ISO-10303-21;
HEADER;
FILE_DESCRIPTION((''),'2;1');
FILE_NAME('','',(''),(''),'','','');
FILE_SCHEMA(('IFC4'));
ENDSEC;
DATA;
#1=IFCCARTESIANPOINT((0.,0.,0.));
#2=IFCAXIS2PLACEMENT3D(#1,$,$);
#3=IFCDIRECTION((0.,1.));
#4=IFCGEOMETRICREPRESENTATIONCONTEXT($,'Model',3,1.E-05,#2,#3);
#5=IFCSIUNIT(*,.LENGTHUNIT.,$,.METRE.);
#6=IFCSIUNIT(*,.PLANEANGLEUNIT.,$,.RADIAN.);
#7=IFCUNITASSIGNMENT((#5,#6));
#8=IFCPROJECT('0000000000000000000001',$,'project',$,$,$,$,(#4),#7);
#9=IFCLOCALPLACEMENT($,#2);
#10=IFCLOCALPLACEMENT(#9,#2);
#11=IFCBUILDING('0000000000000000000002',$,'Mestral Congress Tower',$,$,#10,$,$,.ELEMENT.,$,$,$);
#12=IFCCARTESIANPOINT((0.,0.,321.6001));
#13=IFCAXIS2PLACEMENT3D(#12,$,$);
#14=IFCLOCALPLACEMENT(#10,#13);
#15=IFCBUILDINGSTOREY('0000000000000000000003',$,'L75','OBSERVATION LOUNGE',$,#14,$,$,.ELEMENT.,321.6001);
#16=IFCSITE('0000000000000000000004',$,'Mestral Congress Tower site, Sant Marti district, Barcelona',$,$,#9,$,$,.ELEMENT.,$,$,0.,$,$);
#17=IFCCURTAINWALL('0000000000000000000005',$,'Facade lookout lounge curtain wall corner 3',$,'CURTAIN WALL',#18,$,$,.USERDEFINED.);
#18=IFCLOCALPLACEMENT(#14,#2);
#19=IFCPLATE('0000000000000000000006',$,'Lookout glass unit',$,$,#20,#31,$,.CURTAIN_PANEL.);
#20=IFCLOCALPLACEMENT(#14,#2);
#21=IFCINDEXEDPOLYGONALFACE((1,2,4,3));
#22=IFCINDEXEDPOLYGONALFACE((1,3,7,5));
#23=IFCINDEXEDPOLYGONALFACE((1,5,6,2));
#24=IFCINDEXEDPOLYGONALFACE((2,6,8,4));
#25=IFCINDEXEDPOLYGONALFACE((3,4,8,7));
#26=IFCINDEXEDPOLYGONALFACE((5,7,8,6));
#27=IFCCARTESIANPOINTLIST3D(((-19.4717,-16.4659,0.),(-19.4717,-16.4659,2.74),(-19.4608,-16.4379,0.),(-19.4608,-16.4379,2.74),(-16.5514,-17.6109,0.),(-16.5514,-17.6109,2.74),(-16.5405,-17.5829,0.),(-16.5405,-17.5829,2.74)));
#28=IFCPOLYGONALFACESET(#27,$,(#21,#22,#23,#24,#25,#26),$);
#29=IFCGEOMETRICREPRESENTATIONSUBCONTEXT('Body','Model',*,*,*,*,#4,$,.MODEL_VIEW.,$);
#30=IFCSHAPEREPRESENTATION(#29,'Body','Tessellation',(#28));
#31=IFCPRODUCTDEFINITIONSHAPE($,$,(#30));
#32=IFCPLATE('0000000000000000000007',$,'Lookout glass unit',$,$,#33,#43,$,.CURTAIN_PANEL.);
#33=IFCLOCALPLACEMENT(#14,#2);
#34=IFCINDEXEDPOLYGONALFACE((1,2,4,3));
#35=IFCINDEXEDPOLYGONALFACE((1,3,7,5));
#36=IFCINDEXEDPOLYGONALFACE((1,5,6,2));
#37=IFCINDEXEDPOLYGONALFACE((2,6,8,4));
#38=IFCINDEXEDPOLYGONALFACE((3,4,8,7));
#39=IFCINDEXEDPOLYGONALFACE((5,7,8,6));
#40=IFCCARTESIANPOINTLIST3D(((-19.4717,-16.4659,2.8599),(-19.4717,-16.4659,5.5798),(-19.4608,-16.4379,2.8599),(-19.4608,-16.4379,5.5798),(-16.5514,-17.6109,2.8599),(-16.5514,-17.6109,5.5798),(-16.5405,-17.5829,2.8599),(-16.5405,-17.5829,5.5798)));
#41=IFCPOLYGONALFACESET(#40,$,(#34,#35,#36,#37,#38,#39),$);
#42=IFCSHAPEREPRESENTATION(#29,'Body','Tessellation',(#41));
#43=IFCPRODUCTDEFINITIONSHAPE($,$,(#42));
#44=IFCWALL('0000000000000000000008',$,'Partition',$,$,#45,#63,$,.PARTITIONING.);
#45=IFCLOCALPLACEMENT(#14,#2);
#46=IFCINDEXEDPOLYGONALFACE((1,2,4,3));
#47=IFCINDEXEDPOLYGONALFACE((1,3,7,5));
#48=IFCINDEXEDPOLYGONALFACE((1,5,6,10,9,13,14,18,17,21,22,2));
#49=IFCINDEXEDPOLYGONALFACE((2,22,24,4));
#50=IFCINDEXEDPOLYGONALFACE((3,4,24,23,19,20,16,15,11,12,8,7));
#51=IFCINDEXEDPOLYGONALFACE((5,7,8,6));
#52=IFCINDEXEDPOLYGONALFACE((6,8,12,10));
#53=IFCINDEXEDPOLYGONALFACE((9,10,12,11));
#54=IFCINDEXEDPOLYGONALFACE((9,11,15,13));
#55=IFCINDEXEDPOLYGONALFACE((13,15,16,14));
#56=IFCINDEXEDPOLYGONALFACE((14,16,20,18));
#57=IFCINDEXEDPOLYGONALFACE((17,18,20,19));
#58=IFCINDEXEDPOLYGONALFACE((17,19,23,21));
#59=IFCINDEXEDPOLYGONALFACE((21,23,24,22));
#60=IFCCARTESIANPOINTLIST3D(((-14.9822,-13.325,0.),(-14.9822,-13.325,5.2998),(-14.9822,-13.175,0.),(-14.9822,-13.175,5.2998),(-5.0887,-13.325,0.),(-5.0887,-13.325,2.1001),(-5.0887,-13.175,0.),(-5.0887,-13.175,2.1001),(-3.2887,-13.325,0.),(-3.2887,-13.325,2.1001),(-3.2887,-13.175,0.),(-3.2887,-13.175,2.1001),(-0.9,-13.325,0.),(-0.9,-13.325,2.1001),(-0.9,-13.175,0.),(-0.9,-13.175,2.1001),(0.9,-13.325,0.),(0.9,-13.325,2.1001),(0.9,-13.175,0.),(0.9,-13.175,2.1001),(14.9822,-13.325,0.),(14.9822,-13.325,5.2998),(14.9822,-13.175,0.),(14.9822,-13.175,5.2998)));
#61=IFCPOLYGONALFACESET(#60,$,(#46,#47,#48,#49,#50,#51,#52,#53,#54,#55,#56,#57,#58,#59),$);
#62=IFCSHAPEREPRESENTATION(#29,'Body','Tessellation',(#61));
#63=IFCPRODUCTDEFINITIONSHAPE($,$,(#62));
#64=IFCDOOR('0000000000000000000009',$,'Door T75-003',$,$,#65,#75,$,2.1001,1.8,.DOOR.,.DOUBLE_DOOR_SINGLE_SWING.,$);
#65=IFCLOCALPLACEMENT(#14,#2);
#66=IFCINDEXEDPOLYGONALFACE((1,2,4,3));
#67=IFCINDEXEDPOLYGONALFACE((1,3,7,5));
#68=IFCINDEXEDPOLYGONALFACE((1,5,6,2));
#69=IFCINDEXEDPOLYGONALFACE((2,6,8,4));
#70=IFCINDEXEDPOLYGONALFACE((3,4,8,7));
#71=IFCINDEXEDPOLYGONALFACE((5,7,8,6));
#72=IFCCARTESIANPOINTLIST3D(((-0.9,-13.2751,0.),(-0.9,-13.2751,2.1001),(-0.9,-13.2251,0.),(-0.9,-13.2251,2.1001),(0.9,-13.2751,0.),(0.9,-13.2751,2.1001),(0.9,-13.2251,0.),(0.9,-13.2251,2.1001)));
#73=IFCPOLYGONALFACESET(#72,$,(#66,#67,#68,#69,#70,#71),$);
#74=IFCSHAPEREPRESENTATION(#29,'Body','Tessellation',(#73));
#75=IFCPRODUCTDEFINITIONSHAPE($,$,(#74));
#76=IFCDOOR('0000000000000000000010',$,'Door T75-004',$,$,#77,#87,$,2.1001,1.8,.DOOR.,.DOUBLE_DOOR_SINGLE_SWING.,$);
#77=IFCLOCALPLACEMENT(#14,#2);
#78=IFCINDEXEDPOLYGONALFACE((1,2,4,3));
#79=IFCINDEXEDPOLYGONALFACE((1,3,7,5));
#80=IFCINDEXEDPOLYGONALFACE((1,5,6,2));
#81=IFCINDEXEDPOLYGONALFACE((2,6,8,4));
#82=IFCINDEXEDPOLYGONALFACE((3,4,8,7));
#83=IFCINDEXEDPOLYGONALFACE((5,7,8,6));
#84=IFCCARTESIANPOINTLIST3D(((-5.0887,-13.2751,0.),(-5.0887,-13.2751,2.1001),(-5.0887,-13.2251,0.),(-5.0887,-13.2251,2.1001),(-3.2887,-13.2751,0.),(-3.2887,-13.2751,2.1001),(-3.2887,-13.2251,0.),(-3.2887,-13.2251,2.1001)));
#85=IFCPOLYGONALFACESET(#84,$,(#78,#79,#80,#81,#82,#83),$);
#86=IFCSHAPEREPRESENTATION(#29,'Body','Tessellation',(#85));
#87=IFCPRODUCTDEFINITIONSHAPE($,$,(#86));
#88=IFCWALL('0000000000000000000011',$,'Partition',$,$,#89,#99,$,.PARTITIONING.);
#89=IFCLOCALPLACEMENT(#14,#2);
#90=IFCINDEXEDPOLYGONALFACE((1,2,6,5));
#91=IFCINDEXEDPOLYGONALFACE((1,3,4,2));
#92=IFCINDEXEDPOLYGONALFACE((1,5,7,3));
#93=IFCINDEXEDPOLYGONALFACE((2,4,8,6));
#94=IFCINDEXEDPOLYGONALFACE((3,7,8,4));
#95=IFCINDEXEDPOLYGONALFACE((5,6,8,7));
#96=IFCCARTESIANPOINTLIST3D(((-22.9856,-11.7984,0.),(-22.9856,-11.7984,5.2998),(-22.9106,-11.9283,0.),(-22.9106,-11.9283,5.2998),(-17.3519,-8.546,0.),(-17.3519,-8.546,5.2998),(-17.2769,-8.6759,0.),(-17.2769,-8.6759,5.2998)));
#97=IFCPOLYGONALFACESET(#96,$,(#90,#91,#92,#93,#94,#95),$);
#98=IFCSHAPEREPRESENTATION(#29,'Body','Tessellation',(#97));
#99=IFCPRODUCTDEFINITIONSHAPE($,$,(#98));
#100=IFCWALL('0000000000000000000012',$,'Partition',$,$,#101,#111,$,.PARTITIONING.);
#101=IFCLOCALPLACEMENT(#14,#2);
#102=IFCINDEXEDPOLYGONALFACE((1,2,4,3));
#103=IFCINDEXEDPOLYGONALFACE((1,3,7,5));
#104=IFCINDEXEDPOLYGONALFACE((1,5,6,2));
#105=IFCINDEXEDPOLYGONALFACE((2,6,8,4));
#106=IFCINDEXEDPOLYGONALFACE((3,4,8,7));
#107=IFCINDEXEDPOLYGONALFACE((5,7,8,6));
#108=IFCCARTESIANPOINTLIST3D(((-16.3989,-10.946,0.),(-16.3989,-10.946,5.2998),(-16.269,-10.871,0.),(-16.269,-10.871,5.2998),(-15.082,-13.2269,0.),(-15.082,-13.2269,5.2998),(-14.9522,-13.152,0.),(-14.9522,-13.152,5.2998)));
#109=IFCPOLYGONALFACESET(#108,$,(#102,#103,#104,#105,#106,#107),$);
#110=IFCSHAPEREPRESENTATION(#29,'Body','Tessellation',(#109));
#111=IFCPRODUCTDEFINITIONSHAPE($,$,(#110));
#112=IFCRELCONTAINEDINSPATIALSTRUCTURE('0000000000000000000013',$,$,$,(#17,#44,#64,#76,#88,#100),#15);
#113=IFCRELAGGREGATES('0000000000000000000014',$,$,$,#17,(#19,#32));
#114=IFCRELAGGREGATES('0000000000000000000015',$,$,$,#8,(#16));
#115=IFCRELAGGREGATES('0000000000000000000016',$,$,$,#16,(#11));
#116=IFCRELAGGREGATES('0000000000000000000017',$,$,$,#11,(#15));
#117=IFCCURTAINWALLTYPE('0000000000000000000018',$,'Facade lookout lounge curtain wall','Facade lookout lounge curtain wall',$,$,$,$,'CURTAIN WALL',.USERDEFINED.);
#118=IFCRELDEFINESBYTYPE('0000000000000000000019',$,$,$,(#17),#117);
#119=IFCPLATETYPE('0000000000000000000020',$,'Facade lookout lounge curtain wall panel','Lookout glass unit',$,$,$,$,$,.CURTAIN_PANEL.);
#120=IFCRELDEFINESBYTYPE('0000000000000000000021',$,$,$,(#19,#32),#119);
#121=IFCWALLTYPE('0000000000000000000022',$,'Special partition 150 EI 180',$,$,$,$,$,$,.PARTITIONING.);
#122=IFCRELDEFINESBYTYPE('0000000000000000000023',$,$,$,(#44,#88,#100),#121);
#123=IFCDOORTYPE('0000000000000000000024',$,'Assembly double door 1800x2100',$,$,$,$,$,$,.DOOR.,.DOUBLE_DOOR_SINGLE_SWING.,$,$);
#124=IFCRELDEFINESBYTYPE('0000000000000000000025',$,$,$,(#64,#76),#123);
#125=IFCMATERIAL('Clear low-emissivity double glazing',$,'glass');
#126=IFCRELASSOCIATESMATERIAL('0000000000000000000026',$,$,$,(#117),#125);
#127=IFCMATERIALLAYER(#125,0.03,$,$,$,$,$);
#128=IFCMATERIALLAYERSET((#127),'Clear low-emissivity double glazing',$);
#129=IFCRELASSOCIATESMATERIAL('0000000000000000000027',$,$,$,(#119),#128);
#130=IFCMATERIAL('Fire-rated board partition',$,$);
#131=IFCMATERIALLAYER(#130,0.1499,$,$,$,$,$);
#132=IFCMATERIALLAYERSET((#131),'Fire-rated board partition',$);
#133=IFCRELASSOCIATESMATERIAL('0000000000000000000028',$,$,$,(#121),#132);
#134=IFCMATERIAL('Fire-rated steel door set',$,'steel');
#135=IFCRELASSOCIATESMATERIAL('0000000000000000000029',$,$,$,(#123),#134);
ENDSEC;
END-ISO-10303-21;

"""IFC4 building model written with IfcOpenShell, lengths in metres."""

from ifc_helpers import new_model, si_unit, direction, frame, frame_2d, origin, origin_2d, place, context, subcontext, project, spatial, rectangle, extrude, material, layer, layer_set, type_object, element, fill, aggregate, save


model = new_model("IFC4")

# Units and contexts
model_context = context("Model", 3, precision=1e-05, world=origin(), true_north=direction((0.0, 1.0)))
body_context = subcontext(model_context, "Body", "Model", "MODEL_VIEW")
ifc_project = project(units=[si_unit("LENGTHUNIT", "METRE"), si_unit("PLANEANGLEUNIT", "RADIAN")], contexts=[model_context])

# Site, building, storey
site_placement = place(None, origin())
site = spatial("IfcSite", under=ifc_project, at=site_placement, Name="Mestral Congress Tower site, Sant Marti district, Barcelona", CompositionType="ELEMENT", RefElevation=0.0)
building_placement = place(site_placement, origin())
building = spatial("IfcBuilding", under=site, at=building_placement, Name="Mestral Congress Tower", CompositionType="ELEMENT")
storey_placement = place(building_placement, frame((0.0, 0.0, 321.6001)))
storey = spatial("IfcBuildingStorey", under=building, at=storey_placement, Name="L75", Description="OBSERVATION LOUNGE", CompositionType="ELEMENT", Elevation=321.6001)

# Shared definitions
ifc_material_1 = material(Name="Clear low-emissivity double glazing", Category="glass")
curtain_wall_type = type_object("IfcCurtainWallType", Name="Facade lookout lounge curtain wall", Description="Facade lookout lounge curtain wall", ElementType="CURTAIN WALL", PredefinedType="USERDEFINED", material=ifc_material_1)
placement = place(storey_placement, origin())

# Curtain wall
curtain_wall_1 = element("IfcCurtainWall", 1, at=placement, inside=storey, type_object=curtain_wall_type, Name="Facade lookout lounge curtain wall corner 3", ObjectType="CURTAIN WALL", PredefinedType="USERDEFINED")

# Plates
ifc_layer_1 = layer(ifc_material_1, 0.03)
ifc_layer_set_1 = layer_set([ifc_layer_1], Name="Clear low-emissivity double glazing")
plate_type = type_object("IfcPlateType", Name="Facade lookout lounge curtain wall panel", Description="Lookout glass unit", PredefinedType="CURTAIN_PANEL", material=ifc_layer_set_1)
plate_1_placement = place(storey_placement, frame((-18.0061, -17.0244, 0.0), z_axis=(0.0, 0.0, 1.0), x_axis=(0.930998, -0.365023, 0.0)))
plate_1 = element("IfcPlate", 2, at=plate_1_placement, type_object=plate_type, Name="Lookout glass unit", PredefinedType="CURTAIN_PANEL", context=body_context, shape_type="SweptSolid", body=[
    extrude(rectangle(XDim=3.1367, YDim=0.03, at=origin_2d()), origin(), (0.0, 0.0, 1.0), 2.74),
])
plate_2_placement = place(storey_placement, frame((-18.0061, -17.0244, 2.8599), z_axis=(0.0, 0.0, 1.0), x_axis=(0.930998, -0.365023, 0.0)))
plate_2 = element("IfcPlate", 3, at=plate_2_placement, type_object=plate_type, Name="Lookout glass unit", PredefinedType="CURTAIN_PANEL", context=body_context, shape_type="SweptSolid", body=[
    extrude(rectangle(XDim=3.1367, YDim=0.03, at=origin_2d()), origin(), (0.0, 0.0, 1.0), 2.72),
])
aggregate(curtain_wall_1, [plate_1, plate_2])

# Wall, openings, doors
ifc_material_2 = material(Name="Fire-rated board partition")
ifc_layer_2 = layer(ifc_material_2, 0.1499)
ifc_layer_set_2 = layer_set([ifc_layer_2], Name="Fire-rated board partition")
wall_type = type_object("IfcWallType", Name="Special partition 150 EI 180", PredefinedType="PARTITIONING", material=ifc_layer_set_2)
wall_1_placement = place(storey_placement, frame((-14.9822, -13.25, 0.0), z_axis=(0.0, 0.0, 1.0), x_axis=(1.0, 0.0, 0.0)))
wall_1 = element("IfcWall", 4, at=wall_1_placement, inside=storey, type_object=wall_type, Name="Partition", PredefinedType="PARTITIONING", context=body_context, shape_type="SweptSolid", body=[
    extrude(rectangle(XDim=29.9644, YDim=0.1499, at=frame_2d((14.9822, 0.0))), origin(), (0.0, 0.0, 1.0), 5.2998),
])
opening_1_placement = place(wall_1_placement, frame((14.0823, 0.0, 0.0)))
opening_1 = element("IfcOpeningElement", 5, at=opening_1_placement, cuts=wall_1, PredefinedType="OPENING", context=body_context, shape_type="SweptSolid", body=[
    extrude(rectangle(XDim=1.8, YDim=2.1001, at=frame_2d((0.8999, 1.05))), frame((0.0, 0.085, 0.0), z_axis=(0.0, -1.0, 0.0), x_axis=(1.0, 0.0, 0.0)), (0.0, 0.0, 1.0), 0.1699),
])
opening_2_placement = place(wall_1_placement, frame((9.8936, 0.0, 0.0)))
opening_2 = element("IfcOpeningElement", 6, at=opening_2_placement, cuts=wall_1, PredefinedType="OPENING", context=body_context, shape_type="SweptSolid", body=[
    extrude(rectangle(XDim=1.8, YDim=2.1001, at=frame_2d((0.8999, 1.05))), frame((0.0, 0.085, 0.0), z_axis=(0.0, -1.0, 0.0), x_axis=(1.0, 0.0, 0.0)), (0.0, 0.0, 1.0), 0.1699),
])
ifc_material_3 = material(Name="Fire-rated steel door set", Category="steel")
door_type = type_object("IfcDoorType", Name="Assembly double door 1800x2100", OperationType="DOUBLE_DOOR_SINGLE_SWING", PredefinedType="DOOR", material=ifc_material_3)
door_1_placement = place(opening_1_placement, origin())
door_1 = element("IfcDoor", 7, at=door_1_placement, inside=storey, type_object=door_type, Name="Door T75-003", OperationType="DOUBLE_DOOR_SINGLE_SWING", OverallHeight=2.1001, OverallWidth=1.8, PredefinedType="DOOR", context=body_context, shape_type="SweptSolid", body=[
    extrude(rectangle(XDim=1.8, YDim=2.1001, at=frame_2d((0.8999, 1.05))), frame((0.0, 0.0249, 0.0), z_axis=(0.0, -1.0, 0.0), x_axis=(1.0, 0.0, 0.0)), (0.0, 0.0, 1.0), 0.05),
])
fill(opening_1, door_1)
door_2_placement = place(opening_2_placement, origin())
door_2 = element("IfcDoor", 8, at=door_2_placement, inside=storey, type_object=door_type, Name="Door T75-004", OperationType="DOUBLE_DOOR_SINGLE_SWING", OverallHeight=2.1001, OverallWidth=1.8, PredefinedType="DOOR", context=body_context, shape_type="SweptSolid", body=[
    extrude(rectangle(XDim=1.8, YDim=2.1001, at=frame_2d((0.8999, 1.05))), frame((0.0, 0.0249, 0.0), z_axis=(0.0, -1.0, 0.0), x_axis=(1.0, 0.0, 0.0)), (0.0, 0.0, 1.0), 0.05),
])
fill(opening_2, door_2)

# Walls
wall_2_placement = place(storey_placement, frame((-22.948, -11.8633, 0.0), z_axis=(0.0, 0.0, 1.0), x_axis=(0.866041, 0.499974, 0.0)))
element("IfcWall", 9, at=wall_2_placement, inside=storey, type_object=wall_type, Name="Partition", PredefinedType="PARTITIONING", context=body_context, shape_type="SweptSolid", body=[
    extrude(rectangle(XDim=6.5051, YDim=0.1499, at=frame_2d((3.2524, 0.0))), origin(), (0.0, 0.0, 1.0), 5.2998),
])
wall_3_placement = place(storey_placement, frame((-15.0171, -13.1895, 0.0), z_axis=(0.0, 0.0, 1.0), x_axis=(-0.499987, 0.866033, 0.0)))
element("IfcWall", 10, at=wall_3_placement, inside=storey, type_object=wall_type, Name="Partition", PredefinedType="PARTITIONING", context=body_context, shape_type="SweptSolid", body=[
    extrude(rectangle(XDim=2.6338, YDim=0.1499, at=frame_2d((1.3169, 0.0))), origin(), (0.0, 0.0, 1.0), 5.2998),
])

save(model, "model.ifc")
